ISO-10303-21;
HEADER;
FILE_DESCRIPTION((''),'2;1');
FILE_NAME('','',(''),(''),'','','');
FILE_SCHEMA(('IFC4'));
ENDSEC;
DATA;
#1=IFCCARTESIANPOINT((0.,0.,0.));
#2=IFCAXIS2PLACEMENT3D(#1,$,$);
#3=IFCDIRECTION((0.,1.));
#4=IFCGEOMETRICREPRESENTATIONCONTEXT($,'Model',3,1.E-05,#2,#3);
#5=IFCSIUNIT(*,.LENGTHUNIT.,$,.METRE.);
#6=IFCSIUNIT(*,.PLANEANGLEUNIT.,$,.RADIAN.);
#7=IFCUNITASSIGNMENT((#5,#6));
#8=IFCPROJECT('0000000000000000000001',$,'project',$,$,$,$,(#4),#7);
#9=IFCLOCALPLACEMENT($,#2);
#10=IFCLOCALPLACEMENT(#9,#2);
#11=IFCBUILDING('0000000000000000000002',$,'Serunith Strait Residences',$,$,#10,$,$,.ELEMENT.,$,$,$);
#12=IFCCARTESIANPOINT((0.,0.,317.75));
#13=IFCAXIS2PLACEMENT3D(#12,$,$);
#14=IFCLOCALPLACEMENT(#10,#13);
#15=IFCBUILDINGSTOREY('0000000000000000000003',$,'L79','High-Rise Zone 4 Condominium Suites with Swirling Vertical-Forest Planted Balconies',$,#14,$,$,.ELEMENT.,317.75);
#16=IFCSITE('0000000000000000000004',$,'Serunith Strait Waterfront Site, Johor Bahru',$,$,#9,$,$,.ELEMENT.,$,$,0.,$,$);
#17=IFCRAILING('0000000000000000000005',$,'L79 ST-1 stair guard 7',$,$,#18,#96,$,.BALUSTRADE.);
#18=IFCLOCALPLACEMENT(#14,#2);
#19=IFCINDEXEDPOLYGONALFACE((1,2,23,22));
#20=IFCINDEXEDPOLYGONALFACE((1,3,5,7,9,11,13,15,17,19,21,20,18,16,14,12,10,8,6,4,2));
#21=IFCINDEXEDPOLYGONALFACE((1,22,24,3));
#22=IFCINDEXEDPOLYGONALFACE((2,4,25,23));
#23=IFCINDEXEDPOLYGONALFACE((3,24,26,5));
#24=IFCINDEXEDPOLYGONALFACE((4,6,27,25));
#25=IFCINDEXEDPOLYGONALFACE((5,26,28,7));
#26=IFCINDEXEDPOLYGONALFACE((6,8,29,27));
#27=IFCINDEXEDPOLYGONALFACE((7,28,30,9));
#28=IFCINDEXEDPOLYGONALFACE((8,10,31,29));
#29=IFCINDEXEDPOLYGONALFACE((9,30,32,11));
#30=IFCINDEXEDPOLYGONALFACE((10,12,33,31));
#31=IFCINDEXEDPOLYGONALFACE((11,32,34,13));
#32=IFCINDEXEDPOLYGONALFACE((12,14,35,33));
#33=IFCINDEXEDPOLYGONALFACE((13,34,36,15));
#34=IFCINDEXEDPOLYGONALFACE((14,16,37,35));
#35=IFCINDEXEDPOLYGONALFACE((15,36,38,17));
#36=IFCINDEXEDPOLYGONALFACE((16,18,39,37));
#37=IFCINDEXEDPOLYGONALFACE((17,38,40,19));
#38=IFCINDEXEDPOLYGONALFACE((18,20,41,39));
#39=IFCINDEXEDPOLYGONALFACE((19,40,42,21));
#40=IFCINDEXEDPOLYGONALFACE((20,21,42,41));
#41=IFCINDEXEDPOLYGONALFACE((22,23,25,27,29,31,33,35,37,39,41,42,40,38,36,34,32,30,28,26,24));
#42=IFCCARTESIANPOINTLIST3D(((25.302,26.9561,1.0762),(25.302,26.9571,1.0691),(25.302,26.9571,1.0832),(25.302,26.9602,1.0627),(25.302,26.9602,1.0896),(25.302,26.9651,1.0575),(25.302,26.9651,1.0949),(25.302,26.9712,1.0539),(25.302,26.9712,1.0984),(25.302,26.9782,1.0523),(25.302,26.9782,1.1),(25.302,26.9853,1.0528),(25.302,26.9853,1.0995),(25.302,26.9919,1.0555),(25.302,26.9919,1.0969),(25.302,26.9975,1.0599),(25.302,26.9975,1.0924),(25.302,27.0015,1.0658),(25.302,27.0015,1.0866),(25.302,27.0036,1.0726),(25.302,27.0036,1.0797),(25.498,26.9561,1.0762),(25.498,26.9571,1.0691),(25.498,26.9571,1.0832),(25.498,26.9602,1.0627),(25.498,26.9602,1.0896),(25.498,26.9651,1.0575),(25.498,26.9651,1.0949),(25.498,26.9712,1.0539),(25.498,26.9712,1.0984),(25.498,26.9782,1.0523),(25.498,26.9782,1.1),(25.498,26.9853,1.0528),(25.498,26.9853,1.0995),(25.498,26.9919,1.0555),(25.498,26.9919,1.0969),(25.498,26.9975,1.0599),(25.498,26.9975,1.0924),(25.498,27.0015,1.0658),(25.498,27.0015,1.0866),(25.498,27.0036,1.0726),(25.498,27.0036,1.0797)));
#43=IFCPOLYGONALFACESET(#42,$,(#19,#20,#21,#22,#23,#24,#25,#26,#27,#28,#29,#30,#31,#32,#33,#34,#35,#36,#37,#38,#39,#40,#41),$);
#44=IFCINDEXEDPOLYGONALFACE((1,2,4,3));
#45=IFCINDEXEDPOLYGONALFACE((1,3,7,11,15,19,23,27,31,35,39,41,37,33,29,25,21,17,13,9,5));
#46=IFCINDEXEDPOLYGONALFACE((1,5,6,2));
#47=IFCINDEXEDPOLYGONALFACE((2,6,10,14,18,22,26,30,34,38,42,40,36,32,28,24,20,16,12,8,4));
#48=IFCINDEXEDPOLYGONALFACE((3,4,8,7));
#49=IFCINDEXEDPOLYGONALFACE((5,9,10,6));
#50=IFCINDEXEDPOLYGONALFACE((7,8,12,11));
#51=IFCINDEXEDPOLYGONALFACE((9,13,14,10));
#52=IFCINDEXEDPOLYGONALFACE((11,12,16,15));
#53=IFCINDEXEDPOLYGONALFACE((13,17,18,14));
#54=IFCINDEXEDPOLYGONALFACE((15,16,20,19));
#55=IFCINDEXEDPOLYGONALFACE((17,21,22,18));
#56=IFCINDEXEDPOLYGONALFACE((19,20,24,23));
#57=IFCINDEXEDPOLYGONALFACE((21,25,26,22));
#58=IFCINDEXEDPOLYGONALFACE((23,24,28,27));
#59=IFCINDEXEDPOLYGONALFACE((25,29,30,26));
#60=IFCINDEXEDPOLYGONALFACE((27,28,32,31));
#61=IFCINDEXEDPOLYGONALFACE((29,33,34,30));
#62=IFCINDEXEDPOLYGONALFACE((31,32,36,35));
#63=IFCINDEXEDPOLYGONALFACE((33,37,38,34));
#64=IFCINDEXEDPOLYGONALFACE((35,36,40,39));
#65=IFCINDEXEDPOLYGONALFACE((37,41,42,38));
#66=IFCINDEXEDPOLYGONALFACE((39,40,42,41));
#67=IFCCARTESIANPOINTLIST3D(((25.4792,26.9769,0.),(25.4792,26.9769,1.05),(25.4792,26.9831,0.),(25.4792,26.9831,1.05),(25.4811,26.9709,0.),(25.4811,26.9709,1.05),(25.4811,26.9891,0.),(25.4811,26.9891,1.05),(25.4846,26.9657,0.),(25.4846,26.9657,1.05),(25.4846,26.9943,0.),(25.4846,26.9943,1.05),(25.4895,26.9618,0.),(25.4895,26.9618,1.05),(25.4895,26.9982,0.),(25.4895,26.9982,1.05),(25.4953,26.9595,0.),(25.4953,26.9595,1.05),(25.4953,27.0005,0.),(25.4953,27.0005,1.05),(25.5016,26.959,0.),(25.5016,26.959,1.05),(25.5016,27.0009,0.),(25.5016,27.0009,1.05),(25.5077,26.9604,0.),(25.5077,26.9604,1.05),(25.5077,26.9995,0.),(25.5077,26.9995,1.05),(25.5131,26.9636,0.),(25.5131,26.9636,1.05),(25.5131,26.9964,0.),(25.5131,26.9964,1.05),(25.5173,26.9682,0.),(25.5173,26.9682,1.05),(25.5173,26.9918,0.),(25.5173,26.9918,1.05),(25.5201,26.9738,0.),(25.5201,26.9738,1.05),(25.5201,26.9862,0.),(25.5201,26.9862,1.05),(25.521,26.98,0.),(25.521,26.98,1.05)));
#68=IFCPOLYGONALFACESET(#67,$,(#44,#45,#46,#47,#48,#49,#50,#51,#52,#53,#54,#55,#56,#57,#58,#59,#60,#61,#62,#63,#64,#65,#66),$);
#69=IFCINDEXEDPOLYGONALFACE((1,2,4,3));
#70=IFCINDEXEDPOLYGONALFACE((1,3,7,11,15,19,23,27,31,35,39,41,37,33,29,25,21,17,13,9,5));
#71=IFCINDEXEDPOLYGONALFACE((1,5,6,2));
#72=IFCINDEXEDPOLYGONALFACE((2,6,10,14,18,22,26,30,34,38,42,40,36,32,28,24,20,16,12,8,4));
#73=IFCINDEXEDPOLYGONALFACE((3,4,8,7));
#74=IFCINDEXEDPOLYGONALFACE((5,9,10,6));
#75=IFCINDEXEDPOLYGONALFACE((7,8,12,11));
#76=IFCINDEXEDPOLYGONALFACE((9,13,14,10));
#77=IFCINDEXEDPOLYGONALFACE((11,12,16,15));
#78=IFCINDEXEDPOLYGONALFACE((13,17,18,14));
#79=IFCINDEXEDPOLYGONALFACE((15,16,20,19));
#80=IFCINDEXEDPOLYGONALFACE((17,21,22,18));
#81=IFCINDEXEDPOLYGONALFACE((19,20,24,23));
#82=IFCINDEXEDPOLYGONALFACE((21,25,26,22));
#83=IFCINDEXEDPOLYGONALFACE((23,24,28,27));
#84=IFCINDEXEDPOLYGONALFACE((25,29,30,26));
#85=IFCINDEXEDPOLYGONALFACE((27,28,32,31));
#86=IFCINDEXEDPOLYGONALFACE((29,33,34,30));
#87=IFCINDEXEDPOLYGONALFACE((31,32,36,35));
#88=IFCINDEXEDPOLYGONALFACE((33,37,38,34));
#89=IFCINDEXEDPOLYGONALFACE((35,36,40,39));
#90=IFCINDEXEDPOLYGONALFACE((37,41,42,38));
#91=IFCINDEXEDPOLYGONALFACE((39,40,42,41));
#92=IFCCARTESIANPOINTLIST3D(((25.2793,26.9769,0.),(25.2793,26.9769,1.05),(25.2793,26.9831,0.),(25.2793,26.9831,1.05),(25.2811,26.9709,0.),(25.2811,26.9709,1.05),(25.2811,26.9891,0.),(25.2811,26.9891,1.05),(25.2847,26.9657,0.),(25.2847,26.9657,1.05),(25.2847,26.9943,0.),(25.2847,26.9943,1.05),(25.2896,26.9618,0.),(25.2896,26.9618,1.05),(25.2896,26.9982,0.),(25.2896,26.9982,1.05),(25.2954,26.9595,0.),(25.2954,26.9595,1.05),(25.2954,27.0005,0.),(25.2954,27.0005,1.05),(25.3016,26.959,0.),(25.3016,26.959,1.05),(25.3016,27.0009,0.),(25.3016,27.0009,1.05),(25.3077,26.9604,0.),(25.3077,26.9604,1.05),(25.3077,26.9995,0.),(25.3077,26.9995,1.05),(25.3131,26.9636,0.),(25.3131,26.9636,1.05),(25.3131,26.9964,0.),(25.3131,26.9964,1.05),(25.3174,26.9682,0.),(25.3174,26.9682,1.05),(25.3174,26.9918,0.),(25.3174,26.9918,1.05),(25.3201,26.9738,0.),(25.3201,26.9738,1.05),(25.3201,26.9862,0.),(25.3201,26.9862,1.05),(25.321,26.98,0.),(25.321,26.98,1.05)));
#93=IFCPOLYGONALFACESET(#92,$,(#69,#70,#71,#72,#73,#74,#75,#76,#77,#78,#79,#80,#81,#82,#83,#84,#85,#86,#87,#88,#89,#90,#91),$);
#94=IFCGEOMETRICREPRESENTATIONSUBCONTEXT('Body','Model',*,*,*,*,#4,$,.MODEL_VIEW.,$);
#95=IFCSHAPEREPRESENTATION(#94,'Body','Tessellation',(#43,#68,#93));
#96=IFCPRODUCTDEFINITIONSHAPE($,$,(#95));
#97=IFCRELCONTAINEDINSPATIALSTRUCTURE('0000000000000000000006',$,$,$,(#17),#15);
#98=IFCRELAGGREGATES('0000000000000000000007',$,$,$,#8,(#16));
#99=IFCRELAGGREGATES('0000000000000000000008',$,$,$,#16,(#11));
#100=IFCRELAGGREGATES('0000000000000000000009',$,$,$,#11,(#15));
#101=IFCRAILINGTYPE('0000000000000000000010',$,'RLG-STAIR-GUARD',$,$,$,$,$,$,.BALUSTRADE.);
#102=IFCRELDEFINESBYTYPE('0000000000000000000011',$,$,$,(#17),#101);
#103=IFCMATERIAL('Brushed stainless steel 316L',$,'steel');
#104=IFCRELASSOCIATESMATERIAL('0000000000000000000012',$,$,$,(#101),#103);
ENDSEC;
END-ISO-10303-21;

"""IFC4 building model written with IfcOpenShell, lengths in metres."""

from ifc_helpers import new_model, si_unit, direction, frame, origin, origin_2d, place, context, subcontext, project, spatial, circle, extrude, material, type_object, element, save


model = new_model("IFC4")

# Units and contexts
model_context = context("Model", 3, precision=1e-05, world=origin(), true_north=direction((0.0, 1.0)))
body_context = subcontext(model_context, "Body", "Model", "MODEL_VIEW")
ifc_project = project(units=[si_unit("LENGTHUNIT", "METRE"), si_unit("PLANEANGLEUNIT", "RADIAN")], contexts=[model_context])

# Site, building, storey
site_placement = place(None, origin())
site = spatial("IfcSite", under=ifc_project, at=site_placement, Name="Serunith Strait Waterfront Site, Johor Bahru", CompositionType="ELEMENT", RefElevation=0.0)
building_placement = place(site_placement, origin())
building = spatial("IfcBuilding", under=site, at=building_placement, Name="Serunith Strait Residences", CompositionType="ELEMENT")
storey_placement = place(building_placement, frame((0.0, 0.0, 317.75)))
storey = spatial("IfcBuildingStorey", under=building, at=storey_placement, Name="L79", Description="High-Rise Zone 4 Condominium Suites with Swirling Vertical-Forest Planted Balconies", CompositionType="ELEMENT", Elevation=317.75)

# Railing
ifc_material_1 = material(Name="Brushed stainless steel 316L", Category="steel")
railing_type_1 = type_object("IfcRailingType", Name="RLG-STAIR-GUARD", PredefinedType="BALUSTRADE", material=ifc_material_1)
railing_1_placement = place(storey_placement, frame((25.5, 26.98, 0.0)))
element("IfcRailing", 1, at=railing_1_placement, inside=storey, type_object=railing_type_1, Name="L79 ST-1 stair guard 7", PredefinedType="BALUSTRADE", context=body_context, shape_type="SweptSolid", body=[
    extrude(circle(Radius=0.0239, at=origin_2d()), frame((-0.002, 0.0, 1.0762), z_axis=(-1.0, 0.0, 0.0), x_axis=(0.0, -1.0, 0.0)), (0.0, 0.0, 1.0), 0.196),
    extrude(circle(Radius=0.021, at=origin_2d()), origin(), (0.0, 0.0, 1.0), 1.05),
    extrude(circle(Radius=0.021, at=origin_2d()), frame((-0.2, 0.0, 0.0)), (0.0, 0.0, 1.0), 1.05),
])

save(model, "model.ifc")
